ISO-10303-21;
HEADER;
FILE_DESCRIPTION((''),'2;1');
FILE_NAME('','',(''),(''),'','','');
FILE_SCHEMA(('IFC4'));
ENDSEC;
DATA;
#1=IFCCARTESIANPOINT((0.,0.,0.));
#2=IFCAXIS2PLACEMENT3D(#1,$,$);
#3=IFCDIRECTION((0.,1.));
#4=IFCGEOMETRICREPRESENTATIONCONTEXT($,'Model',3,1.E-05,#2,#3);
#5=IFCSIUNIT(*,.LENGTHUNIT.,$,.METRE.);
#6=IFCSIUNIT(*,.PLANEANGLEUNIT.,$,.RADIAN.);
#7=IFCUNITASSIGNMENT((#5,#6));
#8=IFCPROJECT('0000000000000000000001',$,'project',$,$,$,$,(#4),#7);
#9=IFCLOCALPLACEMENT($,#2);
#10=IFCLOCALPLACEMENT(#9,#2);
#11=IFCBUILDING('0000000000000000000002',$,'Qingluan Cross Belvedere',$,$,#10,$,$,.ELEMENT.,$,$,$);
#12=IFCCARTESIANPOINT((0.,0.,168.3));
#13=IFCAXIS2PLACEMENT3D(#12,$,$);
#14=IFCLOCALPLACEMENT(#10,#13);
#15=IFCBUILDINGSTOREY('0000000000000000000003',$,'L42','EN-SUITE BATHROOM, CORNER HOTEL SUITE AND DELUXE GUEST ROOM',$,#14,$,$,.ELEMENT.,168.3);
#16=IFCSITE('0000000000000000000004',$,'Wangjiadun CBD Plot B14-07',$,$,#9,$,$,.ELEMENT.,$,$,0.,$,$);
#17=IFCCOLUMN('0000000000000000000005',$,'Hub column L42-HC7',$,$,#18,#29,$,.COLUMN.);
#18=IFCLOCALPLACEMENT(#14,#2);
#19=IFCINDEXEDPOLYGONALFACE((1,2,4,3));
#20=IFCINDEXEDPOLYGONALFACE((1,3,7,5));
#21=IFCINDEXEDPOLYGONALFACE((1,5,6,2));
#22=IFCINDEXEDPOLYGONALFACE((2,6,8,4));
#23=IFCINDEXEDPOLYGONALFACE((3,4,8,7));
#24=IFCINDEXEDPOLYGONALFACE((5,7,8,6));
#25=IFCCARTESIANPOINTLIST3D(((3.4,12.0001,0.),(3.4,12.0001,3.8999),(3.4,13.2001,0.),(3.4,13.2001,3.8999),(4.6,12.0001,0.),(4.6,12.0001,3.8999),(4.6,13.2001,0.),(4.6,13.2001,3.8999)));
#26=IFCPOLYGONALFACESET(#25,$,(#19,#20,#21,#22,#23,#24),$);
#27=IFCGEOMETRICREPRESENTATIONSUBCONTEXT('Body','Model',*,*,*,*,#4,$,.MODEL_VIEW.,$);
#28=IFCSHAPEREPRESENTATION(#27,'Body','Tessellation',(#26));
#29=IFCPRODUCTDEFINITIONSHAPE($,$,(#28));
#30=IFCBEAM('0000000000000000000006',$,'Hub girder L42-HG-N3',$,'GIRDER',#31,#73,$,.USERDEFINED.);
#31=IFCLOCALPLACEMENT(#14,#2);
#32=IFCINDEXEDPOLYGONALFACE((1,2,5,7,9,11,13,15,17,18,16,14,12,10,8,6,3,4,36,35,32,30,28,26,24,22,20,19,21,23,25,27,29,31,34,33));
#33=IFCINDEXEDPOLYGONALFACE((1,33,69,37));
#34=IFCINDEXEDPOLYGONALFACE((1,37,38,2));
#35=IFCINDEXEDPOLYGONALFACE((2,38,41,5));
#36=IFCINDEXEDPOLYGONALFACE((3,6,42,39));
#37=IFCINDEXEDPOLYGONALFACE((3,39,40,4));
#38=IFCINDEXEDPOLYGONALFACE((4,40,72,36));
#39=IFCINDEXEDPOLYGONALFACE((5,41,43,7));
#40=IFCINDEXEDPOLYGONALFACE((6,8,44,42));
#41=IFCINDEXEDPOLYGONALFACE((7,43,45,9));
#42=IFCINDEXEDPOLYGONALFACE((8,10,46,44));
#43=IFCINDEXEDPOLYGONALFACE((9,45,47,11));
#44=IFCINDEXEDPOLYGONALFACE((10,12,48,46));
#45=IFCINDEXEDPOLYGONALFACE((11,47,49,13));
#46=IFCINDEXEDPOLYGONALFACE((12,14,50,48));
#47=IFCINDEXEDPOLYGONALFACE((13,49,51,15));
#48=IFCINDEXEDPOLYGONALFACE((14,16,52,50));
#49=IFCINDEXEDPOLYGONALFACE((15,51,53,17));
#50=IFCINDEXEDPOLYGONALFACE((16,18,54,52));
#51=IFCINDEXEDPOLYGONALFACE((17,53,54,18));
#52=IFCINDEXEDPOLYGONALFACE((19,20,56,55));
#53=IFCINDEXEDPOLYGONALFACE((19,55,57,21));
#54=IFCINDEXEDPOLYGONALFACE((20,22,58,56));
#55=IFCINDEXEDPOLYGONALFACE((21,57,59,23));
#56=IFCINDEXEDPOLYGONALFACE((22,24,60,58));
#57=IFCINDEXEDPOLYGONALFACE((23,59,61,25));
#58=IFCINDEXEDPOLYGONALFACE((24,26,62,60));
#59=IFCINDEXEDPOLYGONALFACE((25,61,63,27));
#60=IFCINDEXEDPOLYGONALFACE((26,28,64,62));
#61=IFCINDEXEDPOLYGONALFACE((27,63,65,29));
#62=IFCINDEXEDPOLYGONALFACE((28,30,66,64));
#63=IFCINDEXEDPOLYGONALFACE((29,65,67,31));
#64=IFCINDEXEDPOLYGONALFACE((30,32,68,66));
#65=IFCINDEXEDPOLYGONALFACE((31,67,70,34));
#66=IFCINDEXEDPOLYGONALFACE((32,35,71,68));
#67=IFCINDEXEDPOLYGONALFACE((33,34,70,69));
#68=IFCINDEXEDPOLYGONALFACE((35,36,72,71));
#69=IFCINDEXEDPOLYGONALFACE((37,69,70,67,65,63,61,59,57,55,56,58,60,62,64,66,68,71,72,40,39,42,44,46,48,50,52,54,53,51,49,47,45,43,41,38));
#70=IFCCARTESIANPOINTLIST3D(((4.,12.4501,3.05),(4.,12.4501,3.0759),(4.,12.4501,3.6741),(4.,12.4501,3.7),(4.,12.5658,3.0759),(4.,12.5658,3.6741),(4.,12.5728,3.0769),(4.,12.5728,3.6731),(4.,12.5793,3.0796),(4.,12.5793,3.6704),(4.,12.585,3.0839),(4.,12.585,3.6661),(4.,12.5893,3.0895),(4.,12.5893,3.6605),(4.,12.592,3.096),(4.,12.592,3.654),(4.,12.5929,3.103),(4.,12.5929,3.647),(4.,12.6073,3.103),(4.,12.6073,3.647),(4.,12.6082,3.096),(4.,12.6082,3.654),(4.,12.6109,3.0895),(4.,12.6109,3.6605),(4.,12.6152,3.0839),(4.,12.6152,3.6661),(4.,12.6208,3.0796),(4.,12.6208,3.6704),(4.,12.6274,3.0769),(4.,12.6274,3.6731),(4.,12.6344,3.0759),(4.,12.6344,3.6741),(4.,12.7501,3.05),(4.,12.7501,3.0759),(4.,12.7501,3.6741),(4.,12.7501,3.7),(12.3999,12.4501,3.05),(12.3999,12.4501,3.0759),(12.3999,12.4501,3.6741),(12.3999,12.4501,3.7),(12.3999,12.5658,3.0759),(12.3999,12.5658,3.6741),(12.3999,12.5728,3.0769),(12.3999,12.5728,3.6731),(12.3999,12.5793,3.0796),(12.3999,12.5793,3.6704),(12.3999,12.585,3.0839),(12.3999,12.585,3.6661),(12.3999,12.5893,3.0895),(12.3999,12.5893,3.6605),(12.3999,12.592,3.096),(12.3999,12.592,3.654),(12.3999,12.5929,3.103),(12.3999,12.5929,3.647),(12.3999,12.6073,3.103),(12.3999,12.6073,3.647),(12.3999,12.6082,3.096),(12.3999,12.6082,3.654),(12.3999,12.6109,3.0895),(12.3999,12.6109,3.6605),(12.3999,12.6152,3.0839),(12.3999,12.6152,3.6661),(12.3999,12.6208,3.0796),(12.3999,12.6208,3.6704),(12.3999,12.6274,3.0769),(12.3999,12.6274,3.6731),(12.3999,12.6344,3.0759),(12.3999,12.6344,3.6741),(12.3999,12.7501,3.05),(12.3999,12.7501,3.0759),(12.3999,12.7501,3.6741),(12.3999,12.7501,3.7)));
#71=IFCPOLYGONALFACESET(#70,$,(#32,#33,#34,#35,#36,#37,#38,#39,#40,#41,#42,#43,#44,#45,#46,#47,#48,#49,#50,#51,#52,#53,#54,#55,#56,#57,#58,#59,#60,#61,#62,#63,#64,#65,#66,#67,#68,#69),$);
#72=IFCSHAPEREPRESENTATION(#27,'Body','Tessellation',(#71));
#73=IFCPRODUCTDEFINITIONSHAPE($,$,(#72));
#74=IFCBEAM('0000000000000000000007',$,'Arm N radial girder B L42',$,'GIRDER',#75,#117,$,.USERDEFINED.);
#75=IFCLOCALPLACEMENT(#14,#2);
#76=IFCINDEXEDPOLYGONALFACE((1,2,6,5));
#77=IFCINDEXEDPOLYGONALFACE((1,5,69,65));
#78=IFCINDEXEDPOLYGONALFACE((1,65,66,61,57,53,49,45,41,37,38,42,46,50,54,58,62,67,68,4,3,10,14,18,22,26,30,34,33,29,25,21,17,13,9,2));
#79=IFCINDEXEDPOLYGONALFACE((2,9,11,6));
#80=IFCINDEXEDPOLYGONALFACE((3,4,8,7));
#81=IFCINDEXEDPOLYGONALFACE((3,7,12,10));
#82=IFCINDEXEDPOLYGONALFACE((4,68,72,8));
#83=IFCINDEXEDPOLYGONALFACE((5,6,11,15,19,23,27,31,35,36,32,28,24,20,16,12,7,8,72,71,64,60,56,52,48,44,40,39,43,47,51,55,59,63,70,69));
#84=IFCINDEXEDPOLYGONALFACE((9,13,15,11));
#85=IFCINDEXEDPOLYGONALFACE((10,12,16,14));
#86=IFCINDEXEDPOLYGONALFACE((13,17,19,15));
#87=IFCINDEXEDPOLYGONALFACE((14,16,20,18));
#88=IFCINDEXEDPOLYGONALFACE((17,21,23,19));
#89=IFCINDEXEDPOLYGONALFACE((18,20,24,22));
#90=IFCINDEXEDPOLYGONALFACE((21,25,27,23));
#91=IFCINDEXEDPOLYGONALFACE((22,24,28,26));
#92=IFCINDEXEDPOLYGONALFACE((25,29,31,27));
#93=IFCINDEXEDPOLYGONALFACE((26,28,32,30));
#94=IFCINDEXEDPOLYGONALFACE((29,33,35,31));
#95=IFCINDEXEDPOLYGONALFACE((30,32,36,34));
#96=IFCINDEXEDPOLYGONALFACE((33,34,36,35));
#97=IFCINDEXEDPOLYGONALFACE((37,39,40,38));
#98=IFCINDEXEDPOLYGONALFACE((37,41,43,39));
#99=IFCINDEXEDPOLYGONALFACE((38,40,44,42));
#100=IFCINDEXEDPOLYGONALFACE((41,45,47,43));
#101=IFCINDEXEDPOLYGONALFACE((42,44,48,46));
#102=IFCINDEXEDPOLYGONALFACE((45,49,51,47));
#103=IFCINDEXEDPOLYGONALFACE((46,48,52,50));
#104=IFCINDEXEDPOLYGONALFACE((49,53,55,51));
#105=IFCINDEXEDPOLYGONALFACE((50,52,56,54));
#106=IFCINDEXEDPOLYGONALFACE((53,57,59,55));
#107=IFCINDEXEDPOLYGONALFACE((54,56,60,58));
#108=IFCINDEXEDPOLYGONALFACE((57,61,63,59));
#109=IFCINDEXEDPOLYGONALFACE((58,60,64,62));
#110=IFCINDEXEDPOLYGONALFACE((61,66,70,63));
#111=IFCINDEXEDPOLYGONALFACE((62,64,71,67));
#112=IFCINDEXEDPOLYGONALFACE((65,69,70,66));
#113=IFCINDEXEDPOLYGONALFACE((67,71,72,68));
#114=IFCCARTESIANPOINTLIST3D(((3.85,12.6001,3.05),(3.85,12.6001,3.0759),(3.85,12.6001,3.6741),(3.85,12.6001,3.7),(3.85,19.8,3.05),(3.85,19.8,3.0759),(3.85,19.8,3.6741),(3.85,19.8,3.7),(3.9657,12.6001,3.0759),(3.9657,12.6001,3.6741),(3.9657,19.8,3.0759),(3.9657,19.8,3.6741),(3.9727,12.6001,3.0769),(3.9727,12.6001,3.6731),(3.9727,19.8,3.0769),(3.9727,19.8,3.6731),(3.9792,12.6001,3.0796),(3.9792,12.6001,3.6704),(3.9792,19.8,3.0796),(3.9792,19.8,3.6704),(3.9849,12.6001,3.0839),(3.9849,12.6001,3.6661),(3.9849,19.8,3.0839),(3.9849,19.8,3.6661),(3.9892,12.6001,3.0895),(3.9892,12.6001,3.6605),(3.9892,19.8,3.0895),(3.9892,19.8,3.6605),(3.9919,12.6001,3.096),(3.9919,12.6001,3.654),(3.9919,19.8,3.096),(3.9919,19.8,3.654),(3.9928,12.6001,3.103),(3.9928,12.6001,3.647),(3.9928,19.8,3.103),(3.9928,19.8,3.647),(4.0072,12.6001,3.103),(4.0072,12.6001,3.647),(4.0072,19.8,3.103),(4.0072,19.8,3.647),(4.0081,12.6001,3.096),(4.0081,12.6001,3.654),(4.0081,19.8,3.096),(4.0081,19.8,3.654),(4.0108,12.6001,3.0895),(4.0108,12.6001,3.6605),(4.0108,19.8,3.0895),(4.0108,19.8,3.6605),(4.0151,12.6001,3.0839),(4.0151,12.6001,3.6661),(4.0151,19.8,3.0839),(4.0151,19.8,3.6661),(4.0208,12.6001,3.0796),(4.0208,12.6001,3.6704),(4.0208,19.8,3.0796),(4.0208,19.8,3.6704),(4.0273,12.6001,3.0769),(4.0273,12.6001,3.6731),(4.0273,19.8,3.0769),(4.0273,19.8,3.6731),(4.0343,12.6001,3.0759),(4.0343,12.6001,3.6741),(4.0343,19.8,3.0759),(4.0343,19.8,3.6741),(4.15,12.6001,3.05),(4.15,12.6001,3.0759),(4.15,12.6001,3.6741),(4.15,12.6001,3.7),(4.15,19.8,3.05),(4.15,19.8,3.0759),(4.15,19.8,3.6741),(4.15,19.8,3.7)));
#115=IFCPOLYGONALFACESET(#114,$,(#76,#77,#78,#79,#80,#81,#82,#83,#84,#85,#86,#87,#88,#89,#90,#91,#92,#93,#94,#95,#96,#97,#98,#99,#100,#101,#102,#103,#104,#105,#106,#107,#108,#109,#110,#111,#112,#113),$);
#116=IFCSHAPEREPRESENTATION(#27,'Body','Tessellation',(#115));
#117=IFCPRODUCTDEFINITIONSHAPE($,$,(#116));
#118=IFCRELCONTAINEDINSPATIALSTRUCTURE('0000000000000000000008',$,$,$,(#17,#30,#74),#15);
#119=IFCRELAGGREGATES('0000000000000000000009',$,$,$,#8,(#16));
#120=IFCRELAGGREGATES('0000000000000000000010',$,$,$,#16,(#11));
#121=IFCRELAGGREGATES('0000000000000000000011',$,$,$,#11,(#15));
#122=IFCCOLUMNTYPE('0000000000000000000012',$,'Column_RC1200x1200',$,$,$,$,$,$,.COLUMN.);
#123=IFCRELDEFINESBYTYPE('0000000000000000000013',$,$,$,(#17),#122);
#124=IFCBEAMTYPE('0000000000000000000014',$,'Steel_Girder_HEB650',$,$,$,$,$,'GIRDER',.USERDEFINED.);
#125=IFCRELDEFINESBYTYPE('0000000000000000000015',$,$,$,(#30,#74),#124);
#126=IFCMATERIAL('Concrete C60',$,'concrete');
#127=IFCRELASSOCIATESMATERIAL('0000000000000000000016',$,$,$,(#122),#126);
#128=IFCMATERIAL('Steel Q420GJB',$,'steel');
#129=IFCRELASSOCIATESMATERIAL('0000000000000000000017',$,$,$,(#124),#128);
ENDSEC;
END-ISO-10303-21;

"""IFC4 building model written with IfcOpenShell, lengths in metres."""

from ifc_helpers import new_model, si_unit, direction, frame, origin, origin_2d, place, context, subcontext, project, spatial, rectangle, i_section, extrude, material, material_profile, profile_set, type_object, element, save


model = new_model("IFC4")

# Units and contexts
model_context = context("Model", 3, precision=1e-05, world=origin(), true_north=direction((0.0, 1.0)))
body_context = subcontext(model_context, "Body", "Model", "MODEL_VIEW")
ifc_project = project(units=[si_unit("LENGTHUNIT", "METRE"), si_unit("PLANEANGLEUNIT", "RADIAN")], contexts=[model_context])

# Site, building, storey
site_placement = place(None, origin())
site = spatial("IfcSite", under=ifc_project, at=site_placement, Name="Wangjiadun CBD Plot B14-07", CompositionType="ELEMENT", RefElevation=0.0)
building_placement = place(site_placement, origin())
building = spatial("IfcBuilding", under=site, at=building_placement, Name="Qingluan Cross Belvedere", CompositionType="ELEMENT")
storey_placement = place(building_placement, frame((0.0, 0.0, 168.3)))
storey = spatial("IfcBuildingStorey", under=building, at=storey_placement, Name="L42", Description="EN-SUITE BATHROOM, CORNER HOTEL SUITE AND DELUXE GUEST ROOM", CompositionType="ELEMENT", Elevation=168.3)

# Column
ifc_material_1 = material(Name="Concrete C60", Category="concrete")
ifc_material_profile_1 = material_profile(ifc_material_1, rectangle(XDim=1.2, YDim=1.2, at=origin_2d()), Name="RC1200x1200")
ifc_profile_set_1 = profile_set([ifc_material_profile_1], Name="Concrete C60")
column_type = type_object("IfcColumnType", Name="Column_RC1200x1200", PredefinedType="COLUMN", material=ifc_profile_set_1)
column_placement = place(storey_placement, frame((4.0, 12.6001, 0.0), z_axis=(0.0, 0.0, 1.0), x_axis=(1.0, 0.0, 0.0)))
element("IfcColumn", 1, at=column_placement, inside=storey, type_object=column_type, Name="Hub column L42-HC7", PredefinedType="COLUMN", context=body_context, shape_type="SweptSolid", body=[
    extrude(rectangle(XDim=1.2, YDim=1.2, at=origin_2d()), origin(), (0.0, 0.0, 1.0), 3.8999),
])

# Beams
ifc_material_2 = material(Name="Steel Q420GJB", Category="steel")
ifc_material_profile_2 = material_profile(ifc_material_2, i_section(OverallWidth=0.3, OverallDepth=0.6499, WebThickness=0.0144, FlangeThickness=0.0259, FilletRadius=0.0271, at=origin_2d()), Name="HEB650")
ifc_profile_set_2 = profile_set([ifc_material_profile_2], Name="Steel Q420GJB")
beam_type = type_object("IfcBeamType", Name="Steel_Girder_HEB650", ElementType="GIRDER", PredefinedType="USERDEFINED", material=ifc_profile_set_2)
beam_1_placement = place(storey_placement, frame((4.0, 12.6001, 3.375), z_axis=(1.0, 0.0, 0.0), x_axis=(0.0, 1.0, 0.0)))
element("IfcBeam", 2, at=beam_1_placement, inside=storey, type_object=beam_type, Name="Hub girder L42-HG-N3", ObjectType="GIRDER", PredefinedType="USERDEFINED", context=body_context, shape_type="SweptSolid", body=[
    extrude(i_section(OverallWidth=0.3, OverallDepth=0.6499, WebThickness=0.0144, FlangeThickness=0.0259, FilletRadius=0.0271, at=origin_2d()), origin(), (0.0, 0.0, 1.0), 8.3999),
])
beam_2_placement = place(storey_placement, frame((4.0, 12.6001, 3.375), z_axis=(0.0, 1.0, 0.0), x_axis=(-1.0, 0.0, 0.0)))
element("IfcBeam", 3, at=beam_2_placement, inside=storey, type_object=beam_type, Name="Arm N radial girder B L42", ObjectType="GIRDER", PredefinedType="USERDEFINED", context=body_context, shape_type="SweptSolid", body=[
    extrude(i_section(OverallWidth=0.3, OverallDepth=0.6499, WebThickness=0.0144, FlangeThickness=0.0259, FilletRadius=0.0271, at=origin_2d()), origin(), (0.0, 0.0, 1.0), 7.2),
])

save(model, "model.ifc")
